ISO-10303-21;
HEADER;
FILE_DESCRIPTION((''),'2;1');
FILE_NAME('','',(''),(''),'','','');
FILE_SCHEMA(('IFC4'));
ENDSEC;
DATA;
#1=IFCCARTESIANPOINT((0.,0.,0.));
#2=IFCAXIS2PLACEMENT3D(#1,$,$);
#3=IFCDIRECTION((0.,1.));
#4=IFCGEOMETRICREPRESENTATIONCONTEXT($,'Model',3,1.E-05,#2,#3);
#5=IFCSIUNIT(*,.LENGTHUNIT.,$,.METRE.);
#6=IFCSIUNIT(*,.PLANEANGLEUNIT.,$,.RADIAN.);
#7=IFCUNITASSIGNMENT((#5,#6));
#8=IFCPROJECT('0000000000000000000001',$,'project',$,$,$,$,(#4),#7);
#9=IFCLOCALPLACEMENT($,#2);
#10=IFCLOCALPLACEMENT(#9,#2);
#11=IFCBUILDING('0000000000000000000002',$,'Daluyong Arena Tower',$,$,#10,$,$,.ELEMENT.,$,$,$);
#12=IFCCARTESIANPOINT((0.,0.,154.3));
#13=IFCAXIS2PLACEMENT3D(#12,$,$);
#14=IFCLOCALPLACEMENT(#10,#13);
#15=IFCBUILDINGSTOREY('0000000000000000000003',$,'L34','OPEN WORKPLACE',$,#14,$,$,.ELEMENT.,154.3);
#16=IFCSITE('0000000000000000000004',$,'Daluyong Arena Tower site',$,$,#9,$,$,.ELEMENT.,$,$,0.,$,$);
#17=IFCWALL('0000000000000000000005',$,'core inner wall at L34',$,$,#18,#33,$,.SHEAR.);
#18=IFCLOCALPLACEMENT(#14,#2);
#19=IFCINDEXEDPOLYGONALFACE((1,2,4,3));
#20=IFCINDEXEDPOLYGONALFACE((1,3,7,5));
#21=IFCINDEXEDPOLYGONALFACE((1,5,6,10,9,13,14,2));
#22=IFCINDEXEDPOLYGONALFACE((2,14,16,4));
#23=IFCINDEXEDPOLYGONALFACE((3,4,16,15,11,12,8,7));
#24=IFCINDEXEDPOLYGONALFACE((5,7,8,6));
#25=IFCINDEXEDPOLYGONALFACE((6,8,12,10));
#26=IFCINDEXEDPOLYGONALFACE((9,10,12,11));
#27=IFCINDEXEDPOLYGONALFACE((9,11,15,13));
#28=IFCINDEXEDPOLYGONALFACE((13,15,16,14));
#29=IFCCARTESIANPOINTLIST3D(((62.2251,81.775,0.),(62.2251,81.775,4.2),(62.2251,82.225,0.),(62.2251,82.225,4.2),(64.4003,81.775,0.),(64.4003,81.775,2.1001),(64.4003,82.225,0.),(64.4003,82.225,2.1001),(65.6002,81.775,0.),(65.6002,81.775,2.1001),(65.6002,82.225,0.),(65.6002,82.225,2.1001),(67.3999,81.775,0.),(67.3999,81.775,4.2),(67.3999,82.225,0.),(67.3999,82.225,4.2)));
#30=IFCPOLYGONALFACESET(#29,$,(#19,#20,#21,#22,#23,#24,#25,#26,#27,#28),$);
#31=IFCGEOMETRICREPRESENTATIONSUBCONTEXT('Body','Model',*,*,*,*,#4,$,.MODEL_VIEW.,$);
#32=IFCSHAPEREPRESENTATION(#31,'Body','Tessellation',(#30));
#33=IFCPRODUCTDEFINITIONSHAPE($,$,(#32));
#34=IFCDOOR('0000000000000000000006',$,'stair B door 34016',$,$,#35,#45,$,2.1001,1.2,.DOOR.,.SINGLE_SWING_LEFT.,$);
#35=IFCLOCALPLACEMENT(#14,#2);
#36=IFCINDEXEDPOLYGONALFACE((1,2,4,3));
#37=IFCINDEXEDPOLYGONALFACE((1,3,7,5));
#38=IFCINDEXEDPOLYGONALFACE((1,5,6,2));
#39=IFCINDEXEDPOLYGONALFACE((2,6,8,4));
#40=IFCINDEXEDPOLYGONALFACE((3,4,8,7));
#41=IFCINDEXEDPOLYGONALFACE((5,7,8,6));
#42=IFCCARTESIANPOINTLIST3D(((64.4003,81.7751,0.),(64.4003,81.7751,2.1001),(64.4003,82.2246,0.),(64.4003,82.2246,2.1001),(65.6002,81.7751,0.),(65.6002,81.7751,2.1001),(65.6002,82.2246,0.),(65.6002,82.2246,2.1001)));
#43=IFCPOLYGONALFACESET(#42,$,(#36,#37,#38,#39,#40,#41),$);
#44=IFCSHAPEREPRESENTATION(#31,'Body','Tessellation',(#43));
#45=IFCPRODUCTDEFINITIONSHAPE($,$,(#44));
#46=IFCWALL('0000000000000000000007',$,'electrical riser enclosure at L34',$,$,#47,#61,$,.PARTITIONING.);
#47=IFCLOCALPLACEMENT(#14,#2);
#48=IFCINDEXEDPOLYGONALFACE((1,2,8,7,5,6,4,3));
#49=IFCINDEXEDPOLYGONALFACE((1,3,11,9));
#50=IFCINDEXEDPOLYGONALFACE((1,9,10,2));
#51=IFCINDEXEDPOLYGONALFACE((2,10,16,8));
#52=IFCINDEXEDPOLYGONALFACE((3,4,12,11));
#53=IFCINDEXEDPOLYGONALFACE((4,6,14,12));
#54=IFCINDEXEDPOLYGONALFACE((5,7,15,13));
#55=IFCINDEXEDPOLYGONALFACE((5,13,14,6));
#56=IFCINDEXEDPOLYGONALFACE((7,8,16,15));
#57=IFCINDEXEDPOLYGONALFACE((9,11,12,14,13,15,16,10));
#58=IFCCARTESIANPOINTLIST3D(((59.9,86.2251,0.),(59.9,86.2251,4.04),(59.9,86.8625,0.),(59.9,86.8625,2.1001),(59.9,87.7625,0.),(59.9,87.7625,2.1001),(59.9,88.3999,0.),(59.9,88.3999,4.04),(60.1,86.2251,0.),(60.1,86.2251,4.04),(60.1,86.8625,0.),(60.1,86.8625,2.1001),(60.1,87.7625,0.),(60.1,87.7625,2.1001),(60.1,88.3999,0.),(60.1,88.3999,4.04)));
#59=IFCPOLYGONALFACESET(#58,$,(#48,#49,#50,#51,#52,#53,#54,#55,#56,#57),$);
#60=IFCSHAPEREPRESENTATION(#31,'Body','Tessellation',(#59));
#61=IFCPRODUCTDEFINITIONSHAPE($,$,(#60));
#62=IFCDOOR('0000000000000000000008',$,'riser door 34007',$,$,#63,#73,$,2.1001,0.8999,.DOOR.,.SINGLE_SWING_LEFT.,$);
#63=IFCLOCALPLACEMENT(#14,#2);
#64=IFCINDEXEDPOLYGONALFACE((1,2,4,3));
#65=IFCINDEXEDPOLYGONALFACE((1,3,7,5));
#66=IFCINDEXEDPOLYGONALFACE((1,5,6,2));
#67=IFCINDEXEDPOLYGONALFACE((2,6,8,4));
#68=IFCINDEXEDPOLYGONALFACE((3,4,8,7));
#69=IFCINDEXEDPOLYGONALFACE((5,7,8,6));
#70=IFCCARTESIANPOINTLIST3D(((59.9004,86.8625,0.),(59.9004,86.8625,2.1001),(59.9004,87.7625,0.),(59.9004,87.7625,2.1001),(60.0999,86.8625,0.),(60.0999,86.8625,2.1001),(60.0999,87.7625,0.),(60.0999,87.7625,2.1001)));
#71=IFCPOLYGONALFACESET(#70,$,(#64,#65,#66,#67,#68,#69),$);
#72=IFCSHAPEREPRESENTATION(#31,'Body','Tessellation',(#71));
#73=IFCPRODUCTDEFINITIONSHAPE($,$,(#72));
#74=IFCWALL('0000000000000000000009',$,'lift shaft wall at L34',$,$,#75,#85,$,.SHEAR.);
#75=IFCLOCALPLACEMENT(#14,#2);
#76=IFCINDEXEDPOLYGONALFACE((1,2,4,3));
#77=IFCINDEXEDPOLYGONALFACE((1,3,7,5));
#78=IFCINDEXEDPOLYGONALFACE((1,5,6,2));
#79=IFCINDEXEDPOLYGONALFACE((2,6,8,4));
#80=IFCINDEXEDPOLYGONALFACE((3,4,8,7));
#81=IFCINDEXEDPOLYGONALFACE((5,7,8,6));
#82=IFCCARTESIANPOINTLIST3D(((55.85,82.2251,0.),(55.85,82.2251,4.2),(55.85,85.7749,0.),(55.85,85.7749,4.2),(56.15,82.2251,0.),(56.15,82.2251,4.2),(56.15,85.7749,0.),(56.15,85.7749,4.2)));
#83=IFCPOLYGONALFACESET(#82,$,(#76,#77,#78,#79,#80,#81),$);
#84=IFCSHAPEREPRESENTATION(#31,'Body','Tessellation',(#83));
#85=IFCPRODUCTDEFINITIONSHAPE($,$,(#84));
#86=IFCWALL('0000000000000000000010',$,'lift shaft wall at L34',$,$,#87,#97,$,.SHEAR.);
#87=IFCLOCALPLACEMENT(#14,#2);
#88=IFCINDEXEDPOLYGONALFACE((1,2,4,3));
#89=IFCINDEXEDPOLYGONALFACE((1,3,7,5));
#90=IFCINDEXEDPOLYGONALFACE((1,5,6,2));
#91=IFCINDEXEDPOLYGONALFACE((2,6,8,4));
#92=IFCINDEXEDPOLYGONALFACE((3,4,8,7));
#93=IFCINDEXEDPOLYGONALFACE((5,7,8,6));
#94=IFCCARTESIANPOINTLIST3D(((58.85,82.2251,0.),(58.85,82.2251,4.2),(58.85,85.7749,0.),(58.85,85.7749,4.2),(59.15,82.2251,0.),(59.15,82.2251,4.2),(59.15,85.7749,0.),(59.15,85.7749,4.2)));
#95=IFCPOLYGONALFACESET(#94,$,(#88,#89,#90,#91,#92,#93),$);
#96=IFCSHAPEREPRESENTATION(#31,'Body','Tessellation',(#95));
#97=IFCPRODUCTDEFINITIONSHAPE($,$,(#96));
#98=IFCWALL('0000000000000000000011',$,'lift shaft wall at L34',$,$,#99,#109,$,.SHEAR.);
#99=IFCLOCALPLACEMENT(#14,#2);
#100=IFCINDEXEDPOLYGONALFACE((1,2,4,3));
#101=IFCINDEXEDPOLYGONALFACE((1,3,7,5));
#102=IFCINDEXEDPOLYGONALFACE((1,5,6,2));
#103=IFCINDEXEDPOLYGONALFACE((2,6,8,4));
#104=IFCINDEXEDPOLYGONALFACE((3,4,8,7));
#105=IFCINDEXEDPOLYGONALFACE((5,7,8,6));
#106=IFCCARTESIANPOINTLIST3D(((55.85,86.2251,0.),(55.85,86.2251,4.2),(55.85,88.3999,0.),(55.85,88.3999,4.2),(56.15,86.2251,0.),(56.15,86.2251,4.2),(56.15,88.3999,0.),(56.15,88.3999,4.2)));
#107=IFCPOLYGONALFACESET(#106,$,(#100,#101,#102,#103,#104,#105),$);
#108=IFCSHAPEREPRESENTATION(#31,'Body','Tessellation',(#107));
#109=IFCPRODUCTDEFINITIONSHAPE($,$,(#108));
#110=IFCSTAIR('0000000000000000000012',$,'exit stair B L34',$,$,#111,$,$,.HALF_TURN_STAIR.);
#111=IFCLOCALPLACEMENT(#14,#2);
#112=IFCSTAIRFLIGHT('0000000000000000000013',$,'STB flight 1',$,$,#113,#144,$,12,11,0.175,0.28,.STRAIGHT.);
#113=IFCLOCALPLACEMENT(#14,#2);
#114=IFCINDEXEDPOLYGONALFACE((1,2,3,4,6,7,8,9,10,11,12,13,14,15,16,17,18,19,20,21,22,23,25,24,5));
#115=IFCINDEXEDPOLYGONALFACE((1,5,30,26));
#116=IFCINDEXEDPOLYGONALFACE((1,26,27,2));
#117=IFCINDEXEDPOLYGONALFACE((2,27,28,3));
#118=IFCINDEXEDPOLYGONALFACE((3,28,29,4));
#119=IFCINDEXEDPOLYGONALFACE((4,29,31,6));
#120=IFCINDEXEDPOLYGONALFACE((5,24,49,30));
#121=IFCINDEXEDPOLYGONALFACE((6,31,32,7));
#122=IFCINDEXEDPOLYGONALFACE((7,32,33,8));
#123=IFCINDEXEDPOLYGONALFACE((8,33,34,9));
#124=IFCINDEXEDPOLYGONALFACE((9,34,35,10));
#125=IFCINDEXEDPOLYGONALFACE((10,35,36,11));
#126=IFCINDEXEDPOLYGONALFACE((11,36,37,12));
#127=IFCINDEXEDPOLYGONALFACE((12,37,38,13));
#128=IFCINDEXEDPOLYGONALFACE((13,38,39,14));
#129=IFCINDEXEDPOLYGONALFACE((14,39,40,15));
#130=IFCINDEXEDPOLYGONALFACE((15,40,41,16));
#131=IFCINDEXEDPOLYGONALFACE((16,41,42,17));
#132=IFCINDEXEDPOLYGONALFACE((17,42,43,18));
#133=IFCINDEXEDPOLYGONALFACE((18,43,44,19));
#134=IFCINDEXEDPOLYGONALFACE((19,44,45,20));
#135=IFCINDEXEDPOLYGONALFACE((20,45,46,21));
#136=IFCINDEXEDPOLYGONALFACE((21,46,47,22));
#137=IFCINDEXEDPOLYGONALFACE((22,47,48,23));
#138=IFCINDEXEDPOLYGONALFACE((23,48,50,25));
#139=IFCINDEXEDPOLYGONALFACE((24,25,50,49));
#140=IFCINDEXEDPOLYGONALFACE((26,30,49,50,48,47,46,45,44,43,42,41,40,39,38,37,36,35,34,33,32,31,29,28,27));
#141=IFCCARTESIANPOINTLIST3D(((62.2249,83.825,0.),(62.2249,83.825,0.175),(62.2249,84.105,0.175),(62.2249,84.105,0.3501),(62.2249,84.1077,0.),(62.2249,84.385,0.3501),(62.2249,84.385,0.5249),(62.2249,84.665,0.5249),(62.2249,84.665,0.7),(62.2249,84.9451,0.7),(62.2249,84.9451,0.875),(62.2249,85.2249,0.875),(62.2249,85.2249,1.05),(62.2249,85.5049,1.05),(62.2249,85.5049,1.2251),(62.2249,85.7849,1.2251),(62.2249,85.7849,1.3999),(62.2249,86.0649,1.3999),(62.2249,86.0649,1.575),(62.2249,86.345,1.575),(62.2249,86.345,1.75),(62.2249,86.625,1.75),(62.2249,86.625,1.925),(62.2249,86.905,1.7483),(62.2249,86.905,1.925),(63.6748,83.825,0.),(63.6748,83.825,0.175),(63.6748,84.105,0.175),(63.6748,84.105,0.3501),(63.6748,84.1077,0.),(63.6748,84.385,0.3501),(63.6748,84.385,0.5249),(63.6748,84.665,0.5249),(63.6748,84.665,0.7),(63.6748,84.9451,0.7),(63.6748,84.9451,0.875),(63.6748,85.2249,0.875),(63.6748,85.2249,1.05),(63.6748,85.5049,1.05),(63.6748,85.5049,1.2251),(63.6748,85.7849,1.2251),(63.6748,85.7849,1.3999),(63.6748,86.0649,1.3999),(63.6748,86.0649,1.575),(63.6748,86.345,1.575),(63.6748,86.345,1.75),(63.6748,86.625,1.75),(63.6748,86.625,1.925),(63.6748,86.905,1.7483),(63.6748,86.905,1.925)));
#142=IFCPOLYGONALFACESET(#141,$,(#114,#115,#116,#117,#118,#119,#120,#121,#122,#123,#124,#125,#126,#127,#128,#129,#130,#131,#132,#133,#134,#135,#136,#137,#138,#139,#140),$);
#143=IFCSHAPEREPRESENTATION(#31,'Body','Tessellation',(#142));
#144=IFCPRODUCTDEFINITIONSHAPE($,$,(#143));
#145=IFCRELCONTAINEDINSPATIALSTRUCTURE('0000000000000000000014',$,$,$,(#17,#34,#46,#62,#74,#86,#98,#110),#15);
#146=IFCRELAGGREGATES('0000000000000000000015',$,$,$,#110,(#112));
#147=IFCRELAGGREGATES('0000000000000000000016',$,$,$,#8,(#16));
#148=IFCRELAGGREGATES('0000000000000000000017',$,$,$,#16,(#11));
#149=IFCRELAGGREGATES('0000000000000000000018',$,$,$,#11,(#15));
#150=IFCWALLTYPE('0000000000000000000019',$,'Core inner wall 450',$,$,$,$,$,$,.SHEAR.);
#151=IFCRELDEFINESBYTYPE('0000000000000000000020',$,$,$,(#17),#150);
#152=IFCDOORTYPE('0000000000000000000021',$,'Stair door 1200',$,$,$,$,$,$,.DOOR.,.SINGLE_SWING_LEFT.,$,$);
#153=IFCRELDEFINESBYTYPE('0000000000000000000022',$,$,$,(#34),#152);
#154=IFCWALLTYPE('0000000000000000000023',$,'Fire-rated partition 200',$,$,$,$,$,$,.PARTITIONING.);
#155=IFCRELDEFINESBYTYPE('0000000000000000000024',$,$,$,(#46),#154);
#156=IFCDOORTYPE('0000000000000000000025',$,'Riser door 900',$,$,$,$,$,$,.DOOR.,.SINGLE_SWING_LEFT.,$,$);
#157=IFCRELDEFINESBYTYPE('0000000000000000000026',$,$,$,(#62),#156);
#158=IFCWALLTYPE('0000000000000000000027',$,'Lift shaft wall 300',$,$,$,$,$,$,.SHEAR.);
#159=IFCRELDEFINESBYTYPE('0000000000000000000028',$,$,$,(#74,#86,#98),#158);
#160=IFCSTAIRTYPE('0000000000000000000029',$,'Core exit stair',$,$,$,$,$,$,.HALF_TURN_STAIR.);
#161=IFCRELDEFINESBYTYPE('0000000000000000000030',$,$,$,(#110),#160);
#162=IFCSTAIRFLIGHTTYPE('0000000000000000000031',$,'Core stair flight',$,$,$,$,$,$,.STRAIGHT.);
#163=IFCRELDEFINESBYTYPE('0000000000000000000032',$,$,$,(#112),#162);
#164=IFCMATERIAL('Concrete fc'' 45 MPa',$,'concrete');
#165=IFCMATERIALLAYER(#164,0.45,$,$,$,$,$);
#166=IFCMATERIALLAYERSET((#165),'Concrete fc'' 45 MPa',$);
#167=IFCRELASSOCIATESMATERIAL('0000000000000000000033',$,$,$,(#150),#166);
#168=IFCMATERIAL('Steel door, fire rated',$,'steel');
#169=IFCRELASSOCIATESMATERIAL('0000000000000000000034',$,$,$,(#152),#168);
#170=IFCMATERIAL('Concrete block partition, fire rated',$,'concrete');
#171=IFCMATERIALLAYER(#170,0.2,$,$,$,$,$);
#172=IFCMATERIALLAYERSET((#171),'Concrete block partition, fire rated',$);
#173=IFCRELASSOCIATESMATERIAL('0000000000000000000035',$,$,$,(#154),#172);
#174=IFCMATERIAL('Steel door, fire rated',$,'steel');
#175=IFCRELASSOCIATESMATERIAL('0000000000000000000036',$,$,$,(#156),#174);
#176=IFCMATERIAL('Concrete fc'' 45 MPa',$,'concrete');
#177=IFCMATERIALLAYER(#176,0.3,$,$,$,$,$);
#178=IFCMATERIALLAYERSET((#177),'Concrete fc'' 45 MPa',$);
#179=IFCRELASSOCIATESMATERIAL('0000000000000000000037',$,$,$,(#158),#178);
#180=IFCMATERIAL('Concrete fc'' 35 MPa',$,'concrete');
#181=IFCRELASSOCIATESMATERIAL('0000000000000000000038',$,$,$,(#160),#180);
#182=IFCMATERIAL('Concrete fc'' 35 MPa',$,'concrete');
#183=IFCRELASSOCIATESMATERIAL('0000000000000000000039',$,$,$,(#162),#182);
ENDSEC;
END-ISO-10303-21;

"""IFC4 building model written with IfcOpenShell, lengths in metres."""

from ifc_helpers import new_model, si_unit, direction, frame, frame_2d, origin, place, context, subcontext, project, spatial, polyline, rectangle, outline, extrude, material, layer, layer_set, type_object, element, fill, aggregate, save


model = new_model("IFC4")

# Units and contexts
model_context = context("Model", 3, precision=1e-05, world=origin(), true_north=direction((0.0, 1.0)))
body_context = subcontext(model_context, "Body", "Model", "MODEL_VIEW")
ifc_project = project(units=[si_unit("LENGTHUNIT", "METRE"), si_unit("PLANEANGLEUNIT", "RADIAN")], contexts=[model_context])

# Site, building, storey
site_placement = place(None, origin())
site = spatial("IfcSite", under=ifc_project, at=site_placement, Name="Daluyong Arena Tower site", CompositionType="ELEMENT", RefElevation=0.0)
building_placement = place(site_placement, origin())
building = spatial("IfcBuilding", under=site, at=building_placement, Name="Daluyong Arena Tower", CompositionType="ELEMENT")
storey_placement = place(building_placement, frame((0.0, 0.0, 154.3)))
storey = spatial("IfcBuildingStorey", under=building, at=storey_placement, Name="L34", Description="OPEN WORKPLACE", CompositionType="ELEMENT", Elevation=154.3)

# Walls, openings, doors
ifc_material_1 = material(Name="Concrete fc' 45 MPa", Category="concrete")
ifc_layer_1 = layer(ifc_material_1, 0.45)
ifc_layer_set_1 = layer_set([ifc_layer_1], Name="Concrete fc' 45 MPa")
wall_type_1 = type_object("IfcWallType", Name="Core inner wall 450", PredefinedType="SHEAR", material=ifc_layer_set_1)
wall_1_placement = place(storey_placement, frame((62.2251, 82.0, 0.0), z_axis=(0.0, 0.0, 1.0), x_axis=(1.0, 0.0, 0.0)))
wall_1 = element("IfcWall", 1, at=wall_1_placement, inside=storey, type_object=wall_type_1, Name="core inner wall at L34", PredefinedType="SHEAR", context=body_context, shape_type="SweptSolid", body=[
    extrude(rectangle(XDim=5.1748, YDim=0.45, at=frame_2d((2.5874, 0.0))), origin(), (0.0, 0.0, 1.0), 4.2),
])
opening_1_placement = place(wall_1_placement, frame((2.175, 0.0, 0.0)))
opening_1 = element("IfcOpeningElement", 2, at=opening_1_placement, cuts=wall_1, PredefinedType="OPENING", context=body_context, shape_type="SweptSolid", body=[
    extrude(rectangle(XDim=1.2, YDim=2.1001, at=frame_2d((0.6001, 1.05))), frame((0.0, 0.2349, 0.0), z_axis=(0.0, -1.0, 0.0), x_axis=(1.0, 0.0, 0.0)), (0.0, 0.0, 1.0), 0.47),
])
ifc_material_2 = material(Name="Steel door, fire rated", Category="steel")
door_type_1 = type_object("IfcDoorType", Name="Stair door 1200", OperationType="SINGLE_SWING_LEFT", PredefinedType="DOOR", material=ifc_material_2)
door_1_placement = place(opening_1_placement, origin())
door_1 = element("IfcDoor", 3, at=door_1_placement, inside=storey, type_object=door_type_1, Name="stair B door 34016", OperationType="SINGLE_SWING_LEFT", OverallHeight=2.1001, OverallWidth=1.2, PredefinedType="DOOR", context=body_context, shape_type="SweptSolid", body=[
    extrude(rectangle(XDim=1.2, YDim=2.1001, at=frame_2d((0.6001, 1.05))), frame((0.0, 0.2246, 0.0), z_axis=(0.0, -1.0, 0.0), x_axis=(1.0, 0.0, 0.0)), (0.0, 0.0, 1.0), 0.4495),
])
fill(opening_1, door_1)
ifc_material_3 = material(Name="Concrete block partition, fire rated", Category="concrete")
ifc_layer_2 = layer(ifc_material_3, 0.2)
ifc_layer_set_2 = layer_set([ifc_layer_2], Name="Concrete block partition, fire rated")
wall_type_2 = type_object("IfcWallType", Name="Fire-rated partition 200", PredefinedType="PARTITIONING", material=ifc_layer_set_2)
wall_2_placement = place(storey_placement, frame((60.0, 86.2251, 0.0), z_axis=(0.0, 0.0, 1.0), x_axis=(0.0, 1.0, 0.0)))
wall_2 = element("IfcWall", 4, at=wall_2_placement, inside=storey, type_object=wall_type_2, Name="electrical riser enclosure at L34", PredefinedType="PARTITIONING", context=body_context, shape_type="SweptSolid", body=[
    extrude(rectangle(XDim=2.1748, YDim=0.2, at=frame_2d((1.0874, 0.0))), origin(), (0.0, 0.0, 1.0), 4.04),
])
opening_2_placement = place(wall_2_placement, frame((0.6375, 0.0, 0.0)))
opening_2 = element("IfcOpeningElement", 5, at=opening_2_placement, cuts=wall_2, PredefinedType="OPENING", context=body_context, shape_type="SweptSolid", body=[
    extrude(rectangle(XDim=0.8999, YDim=2.1001, at=frame_2d((0.45, 1.05))), frame((0.0, 0.1099, 0.0), z_axis=(0.0, -1.0, 0.0), x_axis=(1.0, 0.0, 0.0)), (0.0, 0.0, 1.0), 0.22),
])
ifc_material_4 = material(Name="Steel door, fire rated", Category="steel")
door_type_2 = type_object("IfcDoorType", Name="Riser door 900", OperationType="SINGLE_SWING_LEFT", PredefinedType="DOOR", material=ifc_material_4)
door_2_placement = place(opening_2_placement, origin())
door_2 = element("IfcDoor", 6, at=door_2_placement, inside=storey, type_object=door_type_2, Name="riser door 34007", OperationType="SINGLE_SWING_LEFT", OverallHeight=2.1001, OverallWidth=0.8999, PredefinedType="DOOR", context=body_context, shape_type="SweptSolid", body=[
    extrude(rectangle(XDim=0.8999, YDim=2.1001, at=frame_2d((0.45, 1.05))), frame((0.0, 0.0996, 0.0), z_axis=(0.0, -1.0, 0.0), x_axis=(1.0, 0.0, 0.0)), (0.0, 0.0, 1.0), 0.1995),
])
fill(opening_2, door_2)

# Walls
ifc_material_5 = material(Name="Concrete fc' 45 MPa", Category="concrete")
ifc_layer_3 = layer(ifc_material_5, 0.3)
ifc_layer_set_3 = layer_set([ifc_layer_3], Name="Concrete fc' 45 MPa")
wall_type_3 = type_object("IfcWallType", Name="Lift shaft wall 300", PredefinedType="SHEAR", material=ifc_layer_set_3)
for number, where, z_axis, x_axis, name in (
    (7, (56.0, 82.2251, 0.0), (0.0, 0.0, 1.0), (0.0, 1.0, 0.0), "lift shaft wall at L34"),
    (8, (59.0, 82.2251, 0.0), (0.0, 0.0, 1.0), (0.0, 1.0, 0.0), "lift shaft wall at L34"),
):
    element("IfcWall", number, at=place(storey_placement, frame(where, z_axis=z_axis, x_axis=x_axis)), inside=storey, type_object=wall_type_3, Name=name, PredefinedType="SHEAR", context=body_context, shape_type="SweptSolid", body=[
        extrude(rectangle(XDim=3.5498, YDim=0.3, at=frame_2d((1.7749, 0.0))), origin(), (0.0, 0.0, 1.0), 4.2),
    ])
wall_3_placement = place(storey_placement, frame((56.0, 86.2251, 0.0), z_axis=(0.0, 0.0, 1.0), x_axis=(0.0, 1.0, 0.0)))
element("IfcWall", 9, at=wall_3_placement, inside=storey, type_object=wall_type_3, Name="lift shaft wall at L34", PredefinedType="SHEAR", context=body_context, shape_type="SweptSolid", body=[
    extrude(rectangle(XDim=2.1748, YDim=0.3, at=frame_2d((1.0874, 0.0))), origin(), (0.0, 0.0, 1.0), 4.2),
])

# Stair, stair flight
ifc_material_6 = material(Name="Concrete fc' 35 MPa", Category="concrete")
stair_type = type_object("IfcStairType", Name="Core exit stair", PredefinedType="HALF_TURN_STAIR", material=ifc_material_6)
stair_placement = place(storey_placement, origin())
stair = element("IfcStair", 10, at=stair_placement, inside=storey, type_object=stair_type, Name="exit stair B L34", PredefinedType="HALF_TURN_STAIR")
ifc_material_7 = material(Name="Concrete fc' 35 MPa", Category="concrete")
stair_flight_type = type_object("IfcStairFlightType", Name="Core stair flight", PredefinedType="STRAIGHT", material=ifc_material_7)
stair_flight_placement = place(storey_placement, frame((62.95, 83.825, 0.0), z_axis=(0.0, 0.0, 1.0), x_axis=(0.0, 1.0, 0.0)))
stair_flight = element("IfcStairFlight", 11, at=stair_flight_placement, type_object=stair_flight_type, Name="STB flight 1", NumberOfRisers=12, NumberOfTreads=11, PredefinedType="STRAIGHT", RiserHeight=0.175, TreadLength=0.28, context=body_context, shape_type="SweptSolid", body=[
    extrude(outline(polyline([(0.0, 0.0), (0.0, 0.175), (0.28, 0.175), (0.28, 0.3501), (0.5601, 0.3501), (0.5601, 0.5249), (0.8401, 0.5249), (0.8401, 0.7), (1.1201, 0.7), (1.1201, 0.875), (1.3999, 0.875), (1.3999, 1.05), (1.6799, 1.05), (1.6799, 1.2251), (1.96, 1.2251), (1.96, 1.3999), (2.24, 1.3999), (2.24, 1.575), (2.52, 1.575), (2.52, 1.75), (2.8, 1.75), (2.8, 1.925), (3.0801, 1.925), (3.0801, 2.1001), (3.0801, 1.7483), (0.2827, 0.0), (0.0, 0.0)])), frame((0.0, 0.7251, 0.0), z_axis=(0.0, -1.0, 0.0), x_axis=(1.0, 0.0, 0.0)), (0.0, 0.0, 1.0), 1.45),
])
aggregate(stair, [stair_flight])

save(model, "model.ifc")
